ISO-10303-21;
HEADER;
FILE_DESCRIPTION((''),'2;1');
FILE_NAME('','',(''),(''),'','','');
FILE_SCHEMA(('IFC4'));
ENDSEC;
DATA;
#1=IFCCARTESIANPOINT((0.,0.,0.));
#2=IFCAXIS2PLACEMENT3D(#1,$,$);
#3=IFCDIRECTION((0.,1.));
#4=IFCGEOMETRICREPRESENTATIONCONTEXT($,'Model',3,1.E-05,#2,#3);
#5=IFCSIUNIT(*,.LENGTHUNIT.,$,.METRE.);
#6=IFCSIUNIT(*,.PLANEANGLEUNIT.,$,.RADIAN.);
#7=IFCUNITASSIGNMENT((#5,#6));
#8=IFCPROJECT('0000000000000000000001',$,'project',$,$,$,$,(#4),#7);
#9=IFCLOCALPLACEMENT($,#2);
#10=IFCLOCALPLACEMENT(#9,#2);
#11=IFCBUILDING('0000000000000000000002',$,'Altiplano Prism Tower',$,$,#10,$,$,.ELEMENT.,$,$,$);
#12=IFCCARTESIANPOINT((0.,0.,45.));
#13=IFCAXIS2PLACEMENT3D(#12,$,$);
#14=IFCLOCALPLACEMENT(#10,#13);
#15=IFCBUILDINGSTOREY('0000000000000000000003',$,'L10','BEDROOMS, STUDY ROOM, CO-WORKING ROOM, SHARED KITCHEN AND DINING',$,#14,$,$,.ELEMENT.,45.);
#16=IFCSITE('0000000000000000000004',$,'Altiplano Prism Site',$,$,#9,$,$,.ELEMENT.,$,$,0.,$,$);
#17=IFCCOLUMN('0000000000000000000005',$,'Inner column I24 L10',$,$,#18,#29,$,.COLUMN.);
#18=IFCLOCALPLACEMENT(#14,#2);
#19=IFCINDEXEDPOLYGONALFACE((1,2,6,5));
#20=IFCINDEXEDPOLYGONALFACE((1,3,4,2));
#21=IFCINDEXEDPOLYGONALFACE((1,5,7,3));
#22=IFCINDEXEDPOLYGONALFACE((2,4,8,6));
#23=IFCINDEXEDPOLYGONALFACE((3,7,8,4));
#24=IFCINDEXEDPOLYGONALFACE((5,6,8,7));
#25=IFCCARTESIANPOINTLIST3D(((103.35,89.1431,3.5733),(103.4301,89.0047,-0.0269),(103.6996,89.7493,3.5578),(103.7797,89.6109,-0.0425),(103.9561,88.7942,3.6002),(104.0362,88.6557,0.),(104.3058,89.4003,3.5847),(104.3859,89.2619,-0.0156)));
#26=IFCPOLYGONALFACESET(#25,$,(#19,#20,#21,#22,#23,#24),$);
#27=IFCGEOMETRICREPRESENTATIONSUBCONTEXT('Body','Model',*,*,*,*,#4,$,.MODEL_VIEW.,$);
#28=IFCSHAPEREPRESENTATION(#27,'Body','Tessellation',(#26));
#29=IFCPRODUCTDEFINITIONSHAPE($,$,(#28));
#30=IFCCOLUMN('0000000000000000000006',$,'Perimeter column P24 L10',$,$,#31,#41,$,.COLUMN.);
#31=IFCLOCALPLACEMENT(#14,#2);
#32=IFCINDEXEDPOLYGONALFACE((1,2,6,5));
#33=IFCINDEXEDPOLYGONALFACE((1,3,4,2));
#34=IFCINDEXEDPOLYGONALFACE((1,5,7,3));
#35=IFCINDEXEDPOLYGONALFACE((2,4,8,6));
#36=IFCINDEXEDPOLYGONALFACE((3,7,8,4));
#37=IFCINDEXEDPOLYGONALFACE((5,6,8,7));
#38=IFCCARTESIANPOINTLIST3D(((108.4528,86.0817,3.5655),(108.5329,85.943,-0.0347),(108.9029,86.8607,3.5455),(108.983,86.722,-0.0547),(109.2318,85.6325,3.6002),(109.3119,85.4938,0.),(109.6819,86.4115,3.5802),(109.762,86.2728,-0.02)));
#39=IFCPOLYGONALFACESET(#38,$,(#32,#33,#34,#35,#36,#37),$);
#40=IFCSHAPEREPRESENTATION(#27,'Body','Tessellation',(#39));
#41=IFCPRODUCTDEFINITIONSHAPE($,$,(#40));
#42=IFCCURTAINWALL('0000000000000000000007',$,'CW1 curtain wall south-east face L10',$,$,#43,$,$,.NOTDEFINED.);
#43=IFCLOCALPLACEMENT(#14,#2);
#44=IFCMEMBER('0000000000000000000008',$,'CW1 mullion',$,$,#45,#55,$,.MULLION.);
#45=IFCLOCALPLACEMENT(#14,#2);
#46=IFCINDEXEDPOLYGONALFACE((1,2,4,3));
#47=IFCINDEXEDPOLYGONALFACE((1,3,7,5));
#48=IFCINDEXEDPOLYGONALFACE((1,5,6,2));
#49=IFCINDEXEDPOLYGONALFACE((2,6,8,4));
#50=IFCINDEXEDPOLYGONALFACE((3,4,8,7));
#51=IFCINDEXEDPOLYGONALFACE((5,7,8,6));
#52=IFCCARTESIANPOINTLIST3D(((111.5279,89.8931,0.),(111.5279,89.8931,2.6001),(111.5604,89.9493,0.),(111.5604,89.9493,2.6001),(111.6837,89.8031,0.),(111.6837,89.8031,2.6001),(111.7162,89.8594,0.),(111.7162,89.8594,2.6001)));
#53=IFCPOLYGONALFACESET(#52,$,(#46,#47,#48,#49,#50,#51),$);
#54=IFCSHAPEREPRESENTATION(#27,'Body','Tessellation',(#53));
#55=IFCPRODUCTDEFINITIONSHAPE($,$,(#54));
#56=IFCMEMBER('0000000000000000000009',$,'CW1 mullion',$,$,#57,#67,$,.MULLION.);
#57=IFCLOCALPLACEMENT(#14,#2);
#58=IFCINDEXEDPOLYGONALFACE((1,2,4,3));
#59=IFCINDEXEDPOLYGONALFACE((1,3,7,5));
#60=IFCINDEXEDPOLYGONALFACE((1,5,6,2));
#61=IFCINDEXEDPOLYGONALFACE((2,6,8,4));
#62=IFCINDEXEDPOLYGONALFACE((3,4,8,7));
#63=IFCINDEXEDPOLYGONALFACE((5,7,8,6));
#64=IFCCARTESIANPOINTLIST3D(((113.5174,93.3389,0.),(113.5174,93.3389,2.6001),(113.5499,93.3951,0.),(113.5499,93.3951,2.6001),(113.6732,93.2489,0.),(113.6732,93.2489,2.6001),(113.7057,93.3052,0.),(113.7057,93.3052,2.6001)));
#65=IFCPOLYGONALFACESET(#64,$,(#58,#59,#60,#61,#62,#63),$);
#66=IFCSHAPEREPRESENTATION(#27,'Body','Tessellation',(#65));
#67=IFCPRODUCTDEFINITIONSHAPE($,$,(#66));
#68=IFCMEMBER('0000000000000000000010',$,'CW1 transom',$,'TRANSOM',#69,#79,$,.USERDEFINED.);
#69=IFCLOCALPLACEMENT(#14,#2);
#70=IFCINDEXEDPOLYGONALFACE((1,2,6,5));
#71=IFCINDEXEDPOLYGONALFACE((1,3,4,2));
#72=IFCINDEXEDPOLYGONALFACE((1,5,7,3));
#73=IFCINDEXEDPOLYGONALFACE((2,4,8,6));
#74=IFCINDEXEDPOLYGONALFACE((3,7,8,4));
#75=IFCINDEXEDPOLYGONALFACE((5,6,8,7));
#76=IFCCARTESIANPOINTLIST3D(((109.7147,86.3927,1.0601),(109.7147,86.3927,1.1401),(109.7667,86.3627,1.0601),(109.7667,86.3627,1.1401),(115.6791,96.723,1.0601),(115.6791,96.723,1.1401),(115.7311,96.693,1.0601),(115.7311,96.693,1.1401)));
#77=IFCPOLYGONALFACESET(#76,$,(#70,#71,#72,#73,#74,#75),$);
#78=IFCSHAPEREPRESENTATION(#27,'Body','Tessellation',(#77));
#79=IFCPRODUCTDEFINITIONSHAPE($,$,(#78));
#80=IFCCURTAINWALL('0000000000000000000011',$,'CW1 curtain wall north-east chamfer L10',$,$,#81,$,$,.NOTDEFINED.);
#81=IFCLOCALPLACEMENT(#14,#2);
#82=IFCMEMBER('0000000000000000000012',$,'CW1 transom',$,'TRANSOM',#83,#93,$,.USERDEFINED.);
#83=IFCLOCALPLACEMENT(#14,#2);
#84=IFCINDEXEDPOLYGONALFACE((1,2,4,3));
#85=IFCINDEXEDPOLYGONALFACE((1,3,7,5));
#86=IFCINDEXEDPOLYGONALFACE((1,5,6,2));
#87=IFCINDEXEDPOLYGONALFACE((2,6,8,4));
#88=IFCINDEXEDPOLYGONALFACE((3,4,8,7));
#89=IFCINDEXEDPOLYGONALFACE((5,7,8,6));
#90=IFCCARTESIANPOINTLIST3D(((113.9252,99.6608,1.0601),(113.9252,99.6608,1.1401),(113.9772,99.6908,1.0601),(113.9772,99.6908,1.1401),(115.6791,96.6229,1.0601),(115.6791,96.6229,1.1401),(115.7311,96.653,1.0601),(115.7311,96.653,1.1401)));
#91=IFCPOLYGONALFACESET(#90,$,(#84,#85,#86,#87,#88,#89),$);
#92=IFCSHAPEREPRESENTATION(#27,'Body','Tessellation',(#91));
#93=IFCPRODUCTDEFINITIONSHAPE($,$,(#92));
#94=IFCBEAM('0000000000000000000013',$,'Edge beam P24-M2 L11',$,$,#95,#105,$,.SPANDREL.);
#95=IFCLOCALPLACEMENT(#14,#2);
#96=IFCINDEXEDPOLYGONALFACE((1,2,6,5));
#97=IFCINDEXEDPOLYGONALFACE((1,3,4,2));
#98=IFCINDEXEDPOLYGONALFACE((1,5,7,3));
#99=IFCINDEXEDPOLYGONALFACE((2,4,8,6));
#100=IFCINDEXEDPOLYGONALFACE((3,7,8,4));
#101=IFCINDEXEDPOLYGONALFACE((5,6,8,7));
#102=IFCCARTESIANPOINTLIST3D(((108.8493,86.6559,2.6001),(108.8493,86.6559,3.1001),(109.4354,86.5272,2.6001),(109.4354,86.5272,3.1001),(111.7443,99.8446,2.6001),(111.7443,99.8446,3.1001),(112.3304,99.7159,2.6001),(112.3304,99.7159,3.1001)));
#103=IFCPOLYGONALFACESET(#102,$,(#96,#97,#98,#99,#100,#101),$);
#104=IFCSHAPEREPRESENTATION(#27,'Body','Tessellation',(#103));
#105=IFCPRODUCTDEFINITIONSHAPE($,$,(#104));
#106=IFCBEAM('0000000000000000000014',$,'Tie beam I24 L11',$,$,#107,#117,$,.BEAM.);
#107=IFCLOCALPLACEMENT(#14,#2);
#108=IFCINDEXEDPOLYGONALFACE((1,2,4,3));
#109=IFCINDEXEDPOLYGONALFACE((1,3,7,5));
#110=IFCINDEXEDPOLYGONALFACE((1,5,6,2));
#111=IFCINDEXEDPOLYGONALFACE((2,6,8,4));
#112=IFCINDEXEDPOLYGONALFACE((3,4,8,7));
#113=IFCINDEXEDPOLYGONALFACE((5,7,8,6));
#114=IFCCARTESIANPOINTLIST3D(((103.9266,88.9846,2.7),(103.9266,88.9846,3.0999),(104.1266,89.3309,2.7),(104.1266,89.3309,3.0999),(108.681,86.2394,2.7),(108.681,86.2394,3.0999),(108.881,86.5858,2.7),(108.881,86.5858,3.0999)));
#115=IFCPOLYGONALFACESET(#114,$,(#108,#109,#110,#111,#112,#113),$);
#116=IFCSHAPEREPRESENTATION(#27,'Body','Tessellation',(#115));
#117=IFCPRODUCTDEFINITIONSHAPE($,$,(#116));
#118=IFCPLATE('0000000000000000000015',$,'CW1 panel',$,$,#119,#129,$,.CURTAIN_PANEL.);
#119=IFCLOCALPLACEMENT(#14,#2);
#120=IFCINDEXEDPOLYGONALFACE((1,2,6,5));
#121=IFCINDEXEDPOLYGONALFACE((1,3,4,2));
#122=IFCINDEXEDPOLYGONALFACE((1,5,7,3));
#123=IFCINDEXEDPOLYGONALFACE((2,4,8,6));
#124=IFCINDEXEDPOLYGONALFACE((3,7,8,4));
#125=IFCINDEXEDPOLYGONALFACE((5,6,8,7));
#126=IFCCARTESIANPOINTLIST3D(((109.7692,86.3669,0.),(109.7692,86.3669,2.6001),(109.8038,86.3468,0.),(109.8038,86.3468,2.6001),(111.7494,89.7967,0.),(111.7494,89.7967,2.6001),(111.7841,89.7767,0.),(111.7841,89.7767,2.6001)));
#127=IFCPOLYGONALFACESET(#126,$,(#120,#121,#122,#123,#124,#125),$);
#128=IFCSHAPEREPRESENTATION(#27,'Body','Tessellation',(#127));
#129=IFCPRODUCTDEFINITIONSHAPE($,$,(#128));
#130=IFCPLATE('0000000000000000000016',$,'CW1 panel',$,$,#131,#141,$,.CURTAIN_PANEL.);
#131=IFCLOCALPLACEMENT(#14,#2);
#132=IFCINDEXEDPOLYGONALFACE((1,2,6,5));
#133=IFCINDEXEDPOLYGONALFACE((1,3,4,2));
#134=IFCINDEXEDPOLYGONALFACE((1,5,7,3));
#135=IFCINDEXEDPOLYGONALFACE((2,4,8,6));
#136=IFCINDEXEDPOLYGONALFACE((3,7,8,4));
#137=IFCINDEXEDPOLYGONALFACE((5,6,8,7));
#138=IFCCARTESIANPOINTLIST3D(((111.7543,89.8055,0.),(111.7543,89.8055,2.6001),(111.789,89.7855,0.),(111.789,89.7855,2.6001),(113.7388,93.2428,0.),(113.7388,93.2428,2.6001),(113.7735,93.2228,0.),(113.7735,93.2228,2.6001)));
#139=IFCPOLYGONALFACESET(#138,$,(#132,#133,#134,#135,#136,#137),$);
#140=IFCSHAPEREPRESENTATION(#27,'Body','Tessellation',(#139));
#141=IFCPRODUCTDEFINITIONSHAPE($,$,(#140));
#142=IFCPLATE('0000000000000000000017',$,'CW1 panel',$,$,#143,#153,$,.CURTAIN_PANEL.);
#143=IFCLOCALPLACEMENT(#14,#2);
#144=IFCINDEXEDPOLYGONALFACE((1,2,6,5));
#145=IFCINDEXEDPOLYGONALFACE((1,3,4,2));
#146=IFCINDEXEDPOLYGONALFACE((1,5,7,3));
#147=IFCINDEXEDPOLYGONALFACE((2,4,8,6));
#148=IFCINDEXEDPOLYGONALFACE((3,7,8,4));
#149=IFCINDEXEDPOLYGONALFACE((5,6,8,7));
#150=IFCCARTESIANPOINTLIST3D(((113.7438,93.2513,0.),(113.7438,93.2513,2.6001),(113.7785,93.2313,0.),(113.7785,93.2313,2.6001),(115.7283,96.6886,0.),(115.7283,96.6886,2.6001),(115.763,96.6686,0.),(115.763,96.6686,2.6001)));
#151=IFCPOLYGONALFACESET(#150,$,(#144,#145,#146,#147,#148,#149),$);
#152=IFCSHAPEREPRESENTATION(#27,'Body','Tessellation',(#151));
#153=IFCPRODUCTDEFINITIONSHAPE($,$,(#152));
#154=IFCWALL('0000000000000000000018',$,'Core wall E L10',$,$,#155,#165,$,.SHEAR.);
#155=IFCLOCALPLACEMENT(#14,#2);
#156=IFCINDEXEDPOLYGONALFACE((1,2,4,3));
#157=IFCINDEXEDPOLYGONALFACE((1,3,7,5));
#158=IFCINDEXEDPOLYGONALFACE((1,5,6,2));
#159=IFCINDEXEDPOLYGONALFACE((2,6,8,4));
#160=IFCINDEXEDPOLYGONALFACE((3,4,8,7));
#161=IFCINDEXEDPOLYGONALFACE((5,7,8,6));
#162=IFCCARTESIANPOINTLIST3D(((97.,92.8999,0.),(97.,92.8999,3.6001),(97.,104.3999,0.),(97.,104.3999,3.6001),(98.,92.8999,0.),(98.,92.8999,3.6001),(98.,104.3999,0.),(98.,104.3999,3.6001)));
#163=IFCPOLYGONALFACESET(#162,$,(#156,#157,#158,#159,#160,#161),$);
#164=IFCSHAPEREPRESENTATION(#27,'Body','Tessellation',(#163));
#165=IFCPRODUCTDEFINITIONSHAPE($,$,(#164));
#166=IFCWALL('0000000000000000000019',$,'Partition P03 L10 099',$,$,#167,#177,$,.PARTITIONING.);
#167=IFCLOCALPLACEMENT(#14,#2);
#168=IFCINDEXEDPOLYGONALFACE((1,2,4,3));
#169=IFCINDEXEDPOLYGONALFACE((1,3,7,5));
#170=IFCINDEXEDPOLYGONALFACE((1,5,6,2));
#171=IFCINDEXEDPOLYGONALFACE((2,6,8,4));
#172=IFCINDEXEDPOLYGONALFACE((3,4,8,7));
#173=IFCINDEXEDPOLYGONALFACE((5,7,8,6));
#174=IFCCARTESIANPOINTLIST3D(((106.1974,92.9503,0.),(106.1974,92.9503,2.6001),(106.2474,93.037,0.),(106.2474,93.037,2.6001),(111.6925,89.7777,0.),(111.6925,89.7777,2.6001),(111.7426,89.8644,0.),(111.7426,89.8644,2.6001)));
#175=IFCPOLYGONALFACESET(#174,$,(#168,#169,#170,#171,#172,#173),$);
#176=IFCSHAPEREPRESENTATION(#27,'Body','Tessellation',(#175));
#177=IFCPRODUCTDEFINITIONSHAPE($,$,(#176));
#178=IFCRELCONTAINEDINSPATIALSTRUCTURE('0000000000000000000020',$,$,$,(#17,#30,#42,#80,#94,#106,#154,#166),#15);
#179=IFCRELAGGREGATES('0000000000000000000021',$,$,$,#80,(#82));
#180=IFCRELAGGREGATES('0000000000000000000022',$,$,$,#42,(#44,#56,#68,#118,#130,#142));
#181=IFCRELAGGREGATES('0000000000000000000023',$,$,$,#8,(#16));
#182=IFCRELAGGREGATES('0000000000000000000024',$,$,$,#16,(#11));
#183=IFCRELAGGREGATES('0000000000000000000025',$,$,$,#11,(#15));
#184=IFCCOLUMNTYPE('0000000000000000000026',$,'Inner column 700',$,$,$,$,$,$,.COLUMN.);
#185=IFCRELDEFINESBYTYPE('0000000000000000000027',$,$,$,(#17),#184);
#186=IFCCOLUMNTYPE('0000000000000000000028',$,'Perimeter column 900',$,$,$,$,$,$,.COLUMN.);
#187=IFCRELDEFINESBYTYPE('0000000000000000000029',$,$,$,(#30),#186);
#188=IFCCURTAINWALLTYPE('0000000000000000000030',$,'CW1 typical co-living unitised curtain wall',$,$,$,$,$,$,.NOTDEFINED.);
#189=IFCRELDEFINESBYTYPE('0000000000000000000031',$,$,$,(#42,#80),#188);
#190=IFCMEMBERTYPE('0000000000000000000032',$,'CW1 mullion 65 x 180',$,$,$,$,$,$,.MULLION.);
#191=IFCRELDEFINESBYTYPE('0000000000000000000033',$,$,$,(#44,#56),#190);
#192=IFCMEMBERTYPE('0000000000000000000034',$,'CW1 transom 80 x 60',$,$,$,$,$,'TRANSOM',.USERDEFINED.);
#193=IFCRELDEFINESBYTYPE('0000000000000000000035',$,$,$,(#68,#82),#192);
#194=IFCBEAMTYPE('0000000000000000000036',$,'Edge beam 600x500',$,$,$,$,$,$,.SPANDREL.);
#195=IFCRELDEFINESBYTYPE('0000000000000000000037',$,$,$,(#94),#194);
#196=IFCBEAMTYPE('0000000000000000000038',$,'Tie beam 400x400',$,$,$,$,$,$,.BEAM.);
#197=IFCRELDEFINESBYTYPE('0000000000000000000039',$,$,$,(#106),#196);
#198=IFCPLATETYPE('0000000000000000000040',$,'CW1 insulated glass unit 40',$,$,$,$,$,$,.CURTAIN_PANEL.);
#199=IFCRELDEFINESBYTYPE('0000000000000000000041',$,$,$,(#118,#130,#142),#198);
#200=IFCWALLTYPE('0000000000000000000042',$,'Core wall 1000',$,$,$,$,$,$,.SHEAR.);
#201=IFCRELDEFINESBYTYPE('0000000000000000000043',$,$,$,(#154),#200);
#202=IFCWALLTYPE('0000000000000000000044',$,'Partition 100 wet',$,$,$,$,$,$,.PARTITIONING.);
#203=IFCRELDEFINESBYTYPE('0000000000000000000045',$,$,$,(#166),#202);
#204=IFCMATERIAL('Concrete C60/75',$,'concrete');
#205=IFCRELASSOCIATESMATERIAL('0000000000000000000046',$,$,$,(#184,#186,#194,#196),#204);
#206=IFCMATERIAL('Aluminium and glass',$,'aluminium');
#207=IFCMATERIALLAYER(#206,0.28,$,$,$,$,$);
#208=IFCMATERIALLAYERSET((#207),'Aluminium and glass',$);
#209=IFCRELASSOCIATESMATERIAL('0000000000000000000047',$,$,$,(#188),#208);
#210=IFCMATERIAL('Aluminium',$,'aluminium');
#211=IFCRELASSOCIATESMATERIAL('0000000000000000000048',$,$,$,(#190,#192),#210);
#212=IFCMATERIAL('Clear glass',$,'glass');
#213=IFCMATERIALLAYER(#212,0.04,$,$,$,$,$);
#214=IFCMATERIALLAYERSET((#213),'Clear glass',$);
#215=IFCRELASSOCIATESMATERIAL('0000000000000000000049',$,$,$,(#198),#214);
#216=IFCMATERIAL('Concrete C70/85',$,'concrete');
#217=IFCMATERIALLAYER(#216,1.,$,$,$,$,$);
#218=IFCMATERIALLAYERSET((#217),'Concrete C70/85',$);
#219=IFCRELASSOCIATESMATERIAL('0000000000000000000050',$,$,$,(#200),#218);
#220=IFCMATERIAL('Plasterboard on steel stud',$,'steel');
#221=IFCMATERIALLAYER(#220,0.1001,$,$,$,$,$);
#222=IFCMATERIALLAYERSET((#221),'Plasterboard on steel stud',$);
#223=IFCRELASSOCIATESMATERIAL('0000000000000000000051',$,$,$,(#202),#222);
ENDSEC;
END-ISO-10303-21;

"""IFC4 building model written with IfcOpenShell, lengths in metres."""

from ifc_helpers import new_model, si_unit, direction, frame, frame_2d, origin, origin_2d, place, context, subcontext, project, spatial, rectangle, extrude, material, layer, layer_set, material_profile, profile_set, type_object, element, aggregate, save


model = new_model("IFC4")

# Units and contexts
model_context = context("Model", 3, precision=1e-05, world=origin(), true_north=direction((0.0, 1.0)))
body_context = subcontext(model_context, "Body", "Model", "MODEL_VIEW")
ifc_project = project(units=[si_unit("LENGTHUNIT", "METRE"), si_unit("PLANEANGLEUNIT", "RADIAN")], contexts=[model_context])

# Site, building, storey
site_placement = place(None, origin())
site = spatial("IfcSite", under=ifc_project, at=site_placement, Name="Altiplano Prism Site", CompositionType="ELEMENT", RefElevation=0.0)
building_placement = place(site_placement, origin())
building = spatial("IfcBuilding", under=site, at=building_placement, Name="Altiplano Prism Tower", CompositionType="ELEMENT")
storey_placement = place(building_placement, frame((0.0, 0.0, 45.0)))
storey = spatial("IfcBuildingStorey", under=building, at=storey_placement, Name="L10", Description="BEDROOMS, STUDY ROOM, CO-WORKING ROOM, SHARED KITCHEN AND DINING", CompositionType="ELEMENT", Elevation=45.0)

# Columns
ifc_material_1 = material(Name="Concrete C60/75", Category="concrete")
ifc_material_profile_1 = material_profile(ifc_material_1, rectangle(XDim=0.7, YDim=0.7, at=origin_2d()), Name="Inner column 700")
ifc_profile_set_1 = profile_set([ifc_material_profile_1], Name="Concrete C60/75")
column_type_1 = type_object("IfcColumnType", Name="Inner column 700", PredefinedType="COLUMN", material=ifc_profile_set_1)
column_1_placement = place(storey_placement, frame((103.908, 89.1333, -0.0212), z_axis=(-0.022221, 0.038413, 0.999015), x_axis=(-0.499515, -0.866021, 0.022189)))
element("IfcColumn", 1, at=column_1_placement, inside=storey, type_object=column_type_1, Name="Inner column I24 L10", PredefinedType="COLUMN", context=body_context, shape_type="SweptSolid", body=[
    extrude(rectangle(XDim=0.7, YDim=0.7, at=origin_2d()), origin(), (0.0, 0.0, 1.0), 3.6038),
])
ifc_material_profile_2 = material_profile(ifc_material_1, rectangle(XDim=0.8999, YDim=0.8999, at=origin_2d()), Name="Perimeter column 900")
ifc_profile_set_2 = profile_set([ifc_material_profile_2], Name="Concrete C60/75")
column_type_2 = type_object("IfcColumnType", Name="Perimeter column 900", PredefinedType="COLUMN", material=ifc_profile_set_2)
column_2_placement = place(storey_placement, frame((109.1475, 86.1079, -0.0273), z_axis=(-0.022221, 0.038481, 0.999012), x_axis=(-0.500177, -0.865638, 0.022218)))
element("IfcColumn", 2, at=column_2_placement, inside=storey, type_object=column_type_2, Name="Perimeter column P24 L10", PredefinedType="COLUMN", context=body_context, shape_type="SweptSolid", body=[
    extrude(rectangle(XDim=0.8999, YDim=0.8999, at=origin_2d()), origin(), (0.0, 0.0, 1.0), 3.6038),
])

# Curtain wall, members
ifc_material_2 = material(Name="Aluminium and glass", Category="aluminium")
ifc_layer_1 = layer(ifc_material_2, 0.28)
ifc_layer_set_1 = layer_set([ifc_layer_1], Name="Aluminium and glass")
curtain_wall_type = type_object("IfcCurtainWallType", Name="CW1 typical co-living unitised curtain wall", PredefinedType="NOTDEFINED", material=ifc_layer_set_1)
curtain_wall_1_placement = place(storey_placement, origin())
curtain_wall_1 = element("IfcCurtainWall", 3, at=curtain_wall_1_placement, inside=storey, type_object=curtain_wall_type, Name="CW1 curtain wall south-east face L10", PredefinedType="NOTDEFINED")
ifc_material_3 = material(Name="Aluminium", Category="aluminium")
ifc_material_profile_3 = material_profile(ifc_material_3, rectangle(XDim=0.1799, YDim=0.0649, at=origin_2d()), Name="CW1 mullion 65 x 180")
ifc_profile_set_3 = profile_set([ifc_material_profile_3], Name="Aluminium")
member_type_1 = type_object("IfcMemberType", Name="CW1 mullion 65 x 180", PredefinedType="MULLION", material=ifc_profile_set_3)
member_1_placement = place(storey_placement, frame((111.6221, 89.8762, 0.0), z_axis=(0.0, 0.0, 1.0), x_axis=(-0.866025, 0.5, 0.0)))
member_1 = element("IfcMember", 4, at=member_1_placement, type_object=member_type_1, Name="CW1 mullion", PredefinedType="MULLION", context=body_context, shape_type="SweptSolid", body=[
    extrude(rectangle(XDim=0.1799, YDim=0.0649, at=origin_2d()), origin(), (0.0, 0.0, 1.0), 2.6001),
])
member_2_placement = place(storey_placement, frame((113.6116, 93.322, 0.0), z_axis=(0.0, 0.0, 1.0), x_axis=(-0.866025, 0.5, 0.0)))
member_2 = element("IfcMember", 5, at=member_2_placement, type_object=member_type_1, Name="CW1 mullion", PredefinedType="MULLION", context=body_context, shape_type="SweptSolid", body=[
    extrude(rectangle(XDim=0.1799, YDim=0.0649, at=origin_2d()), origin(), (0.0, 0.0, 1.0), 2.6001),
])
ifc_material_profile_4 = material_profile(ifc_material_3, rectangle(XDim=0.0601, YDim=0.0801, at=origin_2d()), Name="CW1 transom 80 x 60")
ifc_profile_set_4 = profile_set([ifc_material_profile_4], Name="Aluminium")
member_type_2 = type_object("IfcMemberType", Name="CW1 transom 80 x 60", ElementType="TRANSOM", PredefinedType="USERDEFINED", material=ifc_profile_set_4)
member_3_placement = place(storey_placement, frame((109.7407, 86.3777, 1.1001), z_axis=(0.500009, 0.86602, 0.0), x_axis=(-0.86602, 0.500009, 0.0)))
member_3 = element("IfcMember", 6, at=member_3_placement, type_object=member_type_2, Name="CW1 transom", ObjectType="TRANSOM", PredefinedType="USERDEFINED", context=body_context, shape_type="SweptSolid", body=[
    extrude(rectangle(XDim=0.0601, YDim=0.0801, at=origin_2d()), origin(), (0.0, 0.0, 1.0), 11.9285),
])

# Curtain wall, member
curtain_wall_2_placement = place(storey_placement, origin())
curtain_wall_2 = element("IfcCurtainWall", 7, at=curtain_wall_2_placement, inside=storey, type_object=curtain_wall_type, Name="CW1 curtain wall north-east chamfer L10", PredefinedType="NOTDEFINED")
member_4_placement = place(storey_placement, frame((115.7051, 96.6379, 1.1001), z_axis=(-0.500002, 0.866024, 0.0), x_axis=(-0.866024, -0.500002, 0.0)))
member_4 = element("IfcMember", 8, at=member_4_placement, type_object=member_type_2, Name="CW1 transom", ObjectType="TRANSOM", PredefinedType="USERDEFINED", context=body_context, shape_type="SweptSolid", body=[
    extrude(rectangle(XDim=0.0601, YDim=0.0801, at=origin_2d()), origin(), (0.0, 0.0, 1.0), 3.5078),
])
aggregate(curtain_wall_2, [member_4])

# Beams
ifc_material_profile_5 = material_profile(ifc_material_1, rectangle(XDim=0.6001, YDim=0.5, at=origin_2d()), Name="Edge beam 600x500")
ifc_profile_set_5 = profile_set([ifc_material_profile_5], Name="Concrete C60/75")
beam_type_1 = type_object("IfcBeamType", Name="Edge beam 600x500", PredefinedType="SPANDREL", material=ifc_profile_set_5)
beam_1_placement = place(storey_placement, frame((109.1423, 86.5916, 2.8501), z_axis=(0.214403, 0.976745, 0.0), x_axis=(-0.976745, 0.214403, 0.0)))
element("IfcBeam", 9, at=beam_1_placement, inside=storey, type_object=beam_type_1, Name="Edge beam P24-M2 L11", PredefinedType="SPANDREL", context=body_context, shape_type="SweptSolid", body=[
    extrude(rectangle(XDim=0.6001, YDim=0.5, at=origin_2d()), origin(), (0.0, 0.0, 1.0), 13.5027),
])
ifc_material_profile_6 = material_profile(ifc_material_1, rectangle(XDim=0.3999, YDim=0.3999, at=origin_2d()), Name="Tie beam 400x400")
ifc_profile_set_6 = profile_set([ifc_material_profile_6], Name="Concrete C60/75")
beam_type_2 = type_object("IfcBeamType", Name="Tie beam 400x400", PredefinedType="BEAM", material=ifc_profile_set_6)
beam_2_placement = place(storey_placement, frame((104.0266, 89.1577, 2.8999), z_axis=(0.866012, -0.500023, 0.0), x_axis=(0.500023, 0.866012, 0.0)))
element("IfcBeam", 10, at=beam_2_placement, inside=storey, type_object=beam_type_2, Name="Tie beam I24 L11", PredefinedType="BEAM", context=body_context, shape_type="SweptSolid", body=[
    extrude(rectangle(XDim=0.3999, YDim=0.3999, at=origin_2d()), origin(), (0.0, 0.0, 1.0), 5.49),
])

# Plates
ifc_material_4 = material(Name="Clear glass", Category="glass")
ifc_layer_2 = layer(ifc_material_4, 0.04)
ifc_layer_set_2 = layer_set([ifc_layer_2], Name="Clear glass")
plate_type = type_object("IfcPlateType", Name="CW1 insulated glass unit 40", PredefinedType="CURTAIN_PANEL", material=ifc_layer_set_2)
plate_1_placement = place(storey_placement, frame((110.7766, 88.0718, 0.0), z_axis=(0.0, 0.0, 1.0), x_axis=(0.5, 0.866025, 0.0)))
plate_1 = element("IfcPlate", 11, at=plate_1_placement, type_object=plate_type, Name="CW1 panel", PredefinedType="CURTAIN_PANEL", context=body_context, shape_type="SweptSolid", body=[
    extrude(rectangle(XDim=3.9604, YDim=0.04, at=origin_2d()), origin(), (0.0, 0.0, 1.0), 2.6001),
])
plate_2_placement = place(storey_placement, frame((112.7639, 91.5142, 0.0), z_axis=(0.0, 0.0, 1.0), x_axis=(0.5, 0.866025, 0.0)))
plate_2 = element("IfcPlate", 12, at=plate_2_placement, type_object=plate_type, Name="CW1 panel", PredefinedType="CURTAIN_PANEL", context=body_context, shape_type="SweptSolid", body=[
    extrude(rectangle(XDim=3.969, YDim=0.04, at=origin_2d()), origin(), (0.0, 0.0, 1.0), 2.6001),
])
plate_3_placement = place(storey_placement, frame((114.7534, 94.96, 0.0), z_axis=(0.0, 0.0, 1.0), x_axis=(0.5, 0.866025, 0.0)))
plate_3 = element("IfcPlate", 13, at=plate_3_placement, type_object=plate_type, Name="CW1 panel", PredefinedType="CURTAIN_PANEL", context=body_context, shape_type="SweptSolid", body=[
    extrude(rectangle(XDim=3.969, YDim=0.04, at=origin_2d()), origin(), (0.0, 0.0, 1.0), 2.6001),
])
aggregate(curtain_wall_1, [member_1, member_2, member_3, plate_1, plate_2, plate_3])

# Walls
ifc_material_5 = material(Name="Concrete C70/85", Category="concrete")
ifc_layer_3 = layer(ifc_material_5, 1.0)
ifc_layer_set_3 = layer_set([ifc_layer_3], Name="Concrete C70/85")
wall_type_1 = type_object("IfcWallType", Name="Core wall 1000", PredefinedType="SHEAR", material=ifc_layer_set_3)
wall_1_placement = place(storey_placement, frame((97.5, 92.8999, 0.0), z_axis=(0.0, 0.0, 1.0), x_axis=(0.0, 1.0, 0.0)))
element("IfcWall", 14, at=wall_1_placement, inside=storey, type_object=wall_type_1, Name="Core wall E L10", PredefinedType="SHEAR", context=body_context, shape_type="SweptSolid", body=[
    extrude(rectangle(XDim=11.5, YDim=1.0, at=frame_2d((5.75, 0.0))), origin(), (0.0, 0.0, 1.0), 3.6001),
])
ifc_material_6 = material(Name="Plasterboard on steel stud", Category="steel")
ifc_layer_4 = layer(ifc_material_6, 0.1001)
ifc_layer_set_4 = layer_set([ifc_layer_4], Name="Plasterboard on steel stud")
wall_type_2 = type_object("IfcWallType", Name="Partition 100 wet", PredefinedType="PARTITIONING", material=ifc_layer_set_4)
wall_2_placement = place(storey_placement, frame((111.7175, 89.821, 0.0), z_axis=(0.0, 0.0, 1.0), x_axis=(-0.866025, 0.5, 0.0)))
element("IfcWall", 15, at=wall_2_placement, inside=storey, type_object=wall_type_2, Name="Partition P03 L10 099", PredefinedType="PARTITIONING", context=body_context, shape_type="SweptSolid", body=[
    extrude(rectangle(XDim=6.3452, YDim=0.1001, at=frame_2d((3.1726, 0.0))), origin(), (0.0, 0.0, 1.0), 2.6001),
])

save(model, "model.ifc")
